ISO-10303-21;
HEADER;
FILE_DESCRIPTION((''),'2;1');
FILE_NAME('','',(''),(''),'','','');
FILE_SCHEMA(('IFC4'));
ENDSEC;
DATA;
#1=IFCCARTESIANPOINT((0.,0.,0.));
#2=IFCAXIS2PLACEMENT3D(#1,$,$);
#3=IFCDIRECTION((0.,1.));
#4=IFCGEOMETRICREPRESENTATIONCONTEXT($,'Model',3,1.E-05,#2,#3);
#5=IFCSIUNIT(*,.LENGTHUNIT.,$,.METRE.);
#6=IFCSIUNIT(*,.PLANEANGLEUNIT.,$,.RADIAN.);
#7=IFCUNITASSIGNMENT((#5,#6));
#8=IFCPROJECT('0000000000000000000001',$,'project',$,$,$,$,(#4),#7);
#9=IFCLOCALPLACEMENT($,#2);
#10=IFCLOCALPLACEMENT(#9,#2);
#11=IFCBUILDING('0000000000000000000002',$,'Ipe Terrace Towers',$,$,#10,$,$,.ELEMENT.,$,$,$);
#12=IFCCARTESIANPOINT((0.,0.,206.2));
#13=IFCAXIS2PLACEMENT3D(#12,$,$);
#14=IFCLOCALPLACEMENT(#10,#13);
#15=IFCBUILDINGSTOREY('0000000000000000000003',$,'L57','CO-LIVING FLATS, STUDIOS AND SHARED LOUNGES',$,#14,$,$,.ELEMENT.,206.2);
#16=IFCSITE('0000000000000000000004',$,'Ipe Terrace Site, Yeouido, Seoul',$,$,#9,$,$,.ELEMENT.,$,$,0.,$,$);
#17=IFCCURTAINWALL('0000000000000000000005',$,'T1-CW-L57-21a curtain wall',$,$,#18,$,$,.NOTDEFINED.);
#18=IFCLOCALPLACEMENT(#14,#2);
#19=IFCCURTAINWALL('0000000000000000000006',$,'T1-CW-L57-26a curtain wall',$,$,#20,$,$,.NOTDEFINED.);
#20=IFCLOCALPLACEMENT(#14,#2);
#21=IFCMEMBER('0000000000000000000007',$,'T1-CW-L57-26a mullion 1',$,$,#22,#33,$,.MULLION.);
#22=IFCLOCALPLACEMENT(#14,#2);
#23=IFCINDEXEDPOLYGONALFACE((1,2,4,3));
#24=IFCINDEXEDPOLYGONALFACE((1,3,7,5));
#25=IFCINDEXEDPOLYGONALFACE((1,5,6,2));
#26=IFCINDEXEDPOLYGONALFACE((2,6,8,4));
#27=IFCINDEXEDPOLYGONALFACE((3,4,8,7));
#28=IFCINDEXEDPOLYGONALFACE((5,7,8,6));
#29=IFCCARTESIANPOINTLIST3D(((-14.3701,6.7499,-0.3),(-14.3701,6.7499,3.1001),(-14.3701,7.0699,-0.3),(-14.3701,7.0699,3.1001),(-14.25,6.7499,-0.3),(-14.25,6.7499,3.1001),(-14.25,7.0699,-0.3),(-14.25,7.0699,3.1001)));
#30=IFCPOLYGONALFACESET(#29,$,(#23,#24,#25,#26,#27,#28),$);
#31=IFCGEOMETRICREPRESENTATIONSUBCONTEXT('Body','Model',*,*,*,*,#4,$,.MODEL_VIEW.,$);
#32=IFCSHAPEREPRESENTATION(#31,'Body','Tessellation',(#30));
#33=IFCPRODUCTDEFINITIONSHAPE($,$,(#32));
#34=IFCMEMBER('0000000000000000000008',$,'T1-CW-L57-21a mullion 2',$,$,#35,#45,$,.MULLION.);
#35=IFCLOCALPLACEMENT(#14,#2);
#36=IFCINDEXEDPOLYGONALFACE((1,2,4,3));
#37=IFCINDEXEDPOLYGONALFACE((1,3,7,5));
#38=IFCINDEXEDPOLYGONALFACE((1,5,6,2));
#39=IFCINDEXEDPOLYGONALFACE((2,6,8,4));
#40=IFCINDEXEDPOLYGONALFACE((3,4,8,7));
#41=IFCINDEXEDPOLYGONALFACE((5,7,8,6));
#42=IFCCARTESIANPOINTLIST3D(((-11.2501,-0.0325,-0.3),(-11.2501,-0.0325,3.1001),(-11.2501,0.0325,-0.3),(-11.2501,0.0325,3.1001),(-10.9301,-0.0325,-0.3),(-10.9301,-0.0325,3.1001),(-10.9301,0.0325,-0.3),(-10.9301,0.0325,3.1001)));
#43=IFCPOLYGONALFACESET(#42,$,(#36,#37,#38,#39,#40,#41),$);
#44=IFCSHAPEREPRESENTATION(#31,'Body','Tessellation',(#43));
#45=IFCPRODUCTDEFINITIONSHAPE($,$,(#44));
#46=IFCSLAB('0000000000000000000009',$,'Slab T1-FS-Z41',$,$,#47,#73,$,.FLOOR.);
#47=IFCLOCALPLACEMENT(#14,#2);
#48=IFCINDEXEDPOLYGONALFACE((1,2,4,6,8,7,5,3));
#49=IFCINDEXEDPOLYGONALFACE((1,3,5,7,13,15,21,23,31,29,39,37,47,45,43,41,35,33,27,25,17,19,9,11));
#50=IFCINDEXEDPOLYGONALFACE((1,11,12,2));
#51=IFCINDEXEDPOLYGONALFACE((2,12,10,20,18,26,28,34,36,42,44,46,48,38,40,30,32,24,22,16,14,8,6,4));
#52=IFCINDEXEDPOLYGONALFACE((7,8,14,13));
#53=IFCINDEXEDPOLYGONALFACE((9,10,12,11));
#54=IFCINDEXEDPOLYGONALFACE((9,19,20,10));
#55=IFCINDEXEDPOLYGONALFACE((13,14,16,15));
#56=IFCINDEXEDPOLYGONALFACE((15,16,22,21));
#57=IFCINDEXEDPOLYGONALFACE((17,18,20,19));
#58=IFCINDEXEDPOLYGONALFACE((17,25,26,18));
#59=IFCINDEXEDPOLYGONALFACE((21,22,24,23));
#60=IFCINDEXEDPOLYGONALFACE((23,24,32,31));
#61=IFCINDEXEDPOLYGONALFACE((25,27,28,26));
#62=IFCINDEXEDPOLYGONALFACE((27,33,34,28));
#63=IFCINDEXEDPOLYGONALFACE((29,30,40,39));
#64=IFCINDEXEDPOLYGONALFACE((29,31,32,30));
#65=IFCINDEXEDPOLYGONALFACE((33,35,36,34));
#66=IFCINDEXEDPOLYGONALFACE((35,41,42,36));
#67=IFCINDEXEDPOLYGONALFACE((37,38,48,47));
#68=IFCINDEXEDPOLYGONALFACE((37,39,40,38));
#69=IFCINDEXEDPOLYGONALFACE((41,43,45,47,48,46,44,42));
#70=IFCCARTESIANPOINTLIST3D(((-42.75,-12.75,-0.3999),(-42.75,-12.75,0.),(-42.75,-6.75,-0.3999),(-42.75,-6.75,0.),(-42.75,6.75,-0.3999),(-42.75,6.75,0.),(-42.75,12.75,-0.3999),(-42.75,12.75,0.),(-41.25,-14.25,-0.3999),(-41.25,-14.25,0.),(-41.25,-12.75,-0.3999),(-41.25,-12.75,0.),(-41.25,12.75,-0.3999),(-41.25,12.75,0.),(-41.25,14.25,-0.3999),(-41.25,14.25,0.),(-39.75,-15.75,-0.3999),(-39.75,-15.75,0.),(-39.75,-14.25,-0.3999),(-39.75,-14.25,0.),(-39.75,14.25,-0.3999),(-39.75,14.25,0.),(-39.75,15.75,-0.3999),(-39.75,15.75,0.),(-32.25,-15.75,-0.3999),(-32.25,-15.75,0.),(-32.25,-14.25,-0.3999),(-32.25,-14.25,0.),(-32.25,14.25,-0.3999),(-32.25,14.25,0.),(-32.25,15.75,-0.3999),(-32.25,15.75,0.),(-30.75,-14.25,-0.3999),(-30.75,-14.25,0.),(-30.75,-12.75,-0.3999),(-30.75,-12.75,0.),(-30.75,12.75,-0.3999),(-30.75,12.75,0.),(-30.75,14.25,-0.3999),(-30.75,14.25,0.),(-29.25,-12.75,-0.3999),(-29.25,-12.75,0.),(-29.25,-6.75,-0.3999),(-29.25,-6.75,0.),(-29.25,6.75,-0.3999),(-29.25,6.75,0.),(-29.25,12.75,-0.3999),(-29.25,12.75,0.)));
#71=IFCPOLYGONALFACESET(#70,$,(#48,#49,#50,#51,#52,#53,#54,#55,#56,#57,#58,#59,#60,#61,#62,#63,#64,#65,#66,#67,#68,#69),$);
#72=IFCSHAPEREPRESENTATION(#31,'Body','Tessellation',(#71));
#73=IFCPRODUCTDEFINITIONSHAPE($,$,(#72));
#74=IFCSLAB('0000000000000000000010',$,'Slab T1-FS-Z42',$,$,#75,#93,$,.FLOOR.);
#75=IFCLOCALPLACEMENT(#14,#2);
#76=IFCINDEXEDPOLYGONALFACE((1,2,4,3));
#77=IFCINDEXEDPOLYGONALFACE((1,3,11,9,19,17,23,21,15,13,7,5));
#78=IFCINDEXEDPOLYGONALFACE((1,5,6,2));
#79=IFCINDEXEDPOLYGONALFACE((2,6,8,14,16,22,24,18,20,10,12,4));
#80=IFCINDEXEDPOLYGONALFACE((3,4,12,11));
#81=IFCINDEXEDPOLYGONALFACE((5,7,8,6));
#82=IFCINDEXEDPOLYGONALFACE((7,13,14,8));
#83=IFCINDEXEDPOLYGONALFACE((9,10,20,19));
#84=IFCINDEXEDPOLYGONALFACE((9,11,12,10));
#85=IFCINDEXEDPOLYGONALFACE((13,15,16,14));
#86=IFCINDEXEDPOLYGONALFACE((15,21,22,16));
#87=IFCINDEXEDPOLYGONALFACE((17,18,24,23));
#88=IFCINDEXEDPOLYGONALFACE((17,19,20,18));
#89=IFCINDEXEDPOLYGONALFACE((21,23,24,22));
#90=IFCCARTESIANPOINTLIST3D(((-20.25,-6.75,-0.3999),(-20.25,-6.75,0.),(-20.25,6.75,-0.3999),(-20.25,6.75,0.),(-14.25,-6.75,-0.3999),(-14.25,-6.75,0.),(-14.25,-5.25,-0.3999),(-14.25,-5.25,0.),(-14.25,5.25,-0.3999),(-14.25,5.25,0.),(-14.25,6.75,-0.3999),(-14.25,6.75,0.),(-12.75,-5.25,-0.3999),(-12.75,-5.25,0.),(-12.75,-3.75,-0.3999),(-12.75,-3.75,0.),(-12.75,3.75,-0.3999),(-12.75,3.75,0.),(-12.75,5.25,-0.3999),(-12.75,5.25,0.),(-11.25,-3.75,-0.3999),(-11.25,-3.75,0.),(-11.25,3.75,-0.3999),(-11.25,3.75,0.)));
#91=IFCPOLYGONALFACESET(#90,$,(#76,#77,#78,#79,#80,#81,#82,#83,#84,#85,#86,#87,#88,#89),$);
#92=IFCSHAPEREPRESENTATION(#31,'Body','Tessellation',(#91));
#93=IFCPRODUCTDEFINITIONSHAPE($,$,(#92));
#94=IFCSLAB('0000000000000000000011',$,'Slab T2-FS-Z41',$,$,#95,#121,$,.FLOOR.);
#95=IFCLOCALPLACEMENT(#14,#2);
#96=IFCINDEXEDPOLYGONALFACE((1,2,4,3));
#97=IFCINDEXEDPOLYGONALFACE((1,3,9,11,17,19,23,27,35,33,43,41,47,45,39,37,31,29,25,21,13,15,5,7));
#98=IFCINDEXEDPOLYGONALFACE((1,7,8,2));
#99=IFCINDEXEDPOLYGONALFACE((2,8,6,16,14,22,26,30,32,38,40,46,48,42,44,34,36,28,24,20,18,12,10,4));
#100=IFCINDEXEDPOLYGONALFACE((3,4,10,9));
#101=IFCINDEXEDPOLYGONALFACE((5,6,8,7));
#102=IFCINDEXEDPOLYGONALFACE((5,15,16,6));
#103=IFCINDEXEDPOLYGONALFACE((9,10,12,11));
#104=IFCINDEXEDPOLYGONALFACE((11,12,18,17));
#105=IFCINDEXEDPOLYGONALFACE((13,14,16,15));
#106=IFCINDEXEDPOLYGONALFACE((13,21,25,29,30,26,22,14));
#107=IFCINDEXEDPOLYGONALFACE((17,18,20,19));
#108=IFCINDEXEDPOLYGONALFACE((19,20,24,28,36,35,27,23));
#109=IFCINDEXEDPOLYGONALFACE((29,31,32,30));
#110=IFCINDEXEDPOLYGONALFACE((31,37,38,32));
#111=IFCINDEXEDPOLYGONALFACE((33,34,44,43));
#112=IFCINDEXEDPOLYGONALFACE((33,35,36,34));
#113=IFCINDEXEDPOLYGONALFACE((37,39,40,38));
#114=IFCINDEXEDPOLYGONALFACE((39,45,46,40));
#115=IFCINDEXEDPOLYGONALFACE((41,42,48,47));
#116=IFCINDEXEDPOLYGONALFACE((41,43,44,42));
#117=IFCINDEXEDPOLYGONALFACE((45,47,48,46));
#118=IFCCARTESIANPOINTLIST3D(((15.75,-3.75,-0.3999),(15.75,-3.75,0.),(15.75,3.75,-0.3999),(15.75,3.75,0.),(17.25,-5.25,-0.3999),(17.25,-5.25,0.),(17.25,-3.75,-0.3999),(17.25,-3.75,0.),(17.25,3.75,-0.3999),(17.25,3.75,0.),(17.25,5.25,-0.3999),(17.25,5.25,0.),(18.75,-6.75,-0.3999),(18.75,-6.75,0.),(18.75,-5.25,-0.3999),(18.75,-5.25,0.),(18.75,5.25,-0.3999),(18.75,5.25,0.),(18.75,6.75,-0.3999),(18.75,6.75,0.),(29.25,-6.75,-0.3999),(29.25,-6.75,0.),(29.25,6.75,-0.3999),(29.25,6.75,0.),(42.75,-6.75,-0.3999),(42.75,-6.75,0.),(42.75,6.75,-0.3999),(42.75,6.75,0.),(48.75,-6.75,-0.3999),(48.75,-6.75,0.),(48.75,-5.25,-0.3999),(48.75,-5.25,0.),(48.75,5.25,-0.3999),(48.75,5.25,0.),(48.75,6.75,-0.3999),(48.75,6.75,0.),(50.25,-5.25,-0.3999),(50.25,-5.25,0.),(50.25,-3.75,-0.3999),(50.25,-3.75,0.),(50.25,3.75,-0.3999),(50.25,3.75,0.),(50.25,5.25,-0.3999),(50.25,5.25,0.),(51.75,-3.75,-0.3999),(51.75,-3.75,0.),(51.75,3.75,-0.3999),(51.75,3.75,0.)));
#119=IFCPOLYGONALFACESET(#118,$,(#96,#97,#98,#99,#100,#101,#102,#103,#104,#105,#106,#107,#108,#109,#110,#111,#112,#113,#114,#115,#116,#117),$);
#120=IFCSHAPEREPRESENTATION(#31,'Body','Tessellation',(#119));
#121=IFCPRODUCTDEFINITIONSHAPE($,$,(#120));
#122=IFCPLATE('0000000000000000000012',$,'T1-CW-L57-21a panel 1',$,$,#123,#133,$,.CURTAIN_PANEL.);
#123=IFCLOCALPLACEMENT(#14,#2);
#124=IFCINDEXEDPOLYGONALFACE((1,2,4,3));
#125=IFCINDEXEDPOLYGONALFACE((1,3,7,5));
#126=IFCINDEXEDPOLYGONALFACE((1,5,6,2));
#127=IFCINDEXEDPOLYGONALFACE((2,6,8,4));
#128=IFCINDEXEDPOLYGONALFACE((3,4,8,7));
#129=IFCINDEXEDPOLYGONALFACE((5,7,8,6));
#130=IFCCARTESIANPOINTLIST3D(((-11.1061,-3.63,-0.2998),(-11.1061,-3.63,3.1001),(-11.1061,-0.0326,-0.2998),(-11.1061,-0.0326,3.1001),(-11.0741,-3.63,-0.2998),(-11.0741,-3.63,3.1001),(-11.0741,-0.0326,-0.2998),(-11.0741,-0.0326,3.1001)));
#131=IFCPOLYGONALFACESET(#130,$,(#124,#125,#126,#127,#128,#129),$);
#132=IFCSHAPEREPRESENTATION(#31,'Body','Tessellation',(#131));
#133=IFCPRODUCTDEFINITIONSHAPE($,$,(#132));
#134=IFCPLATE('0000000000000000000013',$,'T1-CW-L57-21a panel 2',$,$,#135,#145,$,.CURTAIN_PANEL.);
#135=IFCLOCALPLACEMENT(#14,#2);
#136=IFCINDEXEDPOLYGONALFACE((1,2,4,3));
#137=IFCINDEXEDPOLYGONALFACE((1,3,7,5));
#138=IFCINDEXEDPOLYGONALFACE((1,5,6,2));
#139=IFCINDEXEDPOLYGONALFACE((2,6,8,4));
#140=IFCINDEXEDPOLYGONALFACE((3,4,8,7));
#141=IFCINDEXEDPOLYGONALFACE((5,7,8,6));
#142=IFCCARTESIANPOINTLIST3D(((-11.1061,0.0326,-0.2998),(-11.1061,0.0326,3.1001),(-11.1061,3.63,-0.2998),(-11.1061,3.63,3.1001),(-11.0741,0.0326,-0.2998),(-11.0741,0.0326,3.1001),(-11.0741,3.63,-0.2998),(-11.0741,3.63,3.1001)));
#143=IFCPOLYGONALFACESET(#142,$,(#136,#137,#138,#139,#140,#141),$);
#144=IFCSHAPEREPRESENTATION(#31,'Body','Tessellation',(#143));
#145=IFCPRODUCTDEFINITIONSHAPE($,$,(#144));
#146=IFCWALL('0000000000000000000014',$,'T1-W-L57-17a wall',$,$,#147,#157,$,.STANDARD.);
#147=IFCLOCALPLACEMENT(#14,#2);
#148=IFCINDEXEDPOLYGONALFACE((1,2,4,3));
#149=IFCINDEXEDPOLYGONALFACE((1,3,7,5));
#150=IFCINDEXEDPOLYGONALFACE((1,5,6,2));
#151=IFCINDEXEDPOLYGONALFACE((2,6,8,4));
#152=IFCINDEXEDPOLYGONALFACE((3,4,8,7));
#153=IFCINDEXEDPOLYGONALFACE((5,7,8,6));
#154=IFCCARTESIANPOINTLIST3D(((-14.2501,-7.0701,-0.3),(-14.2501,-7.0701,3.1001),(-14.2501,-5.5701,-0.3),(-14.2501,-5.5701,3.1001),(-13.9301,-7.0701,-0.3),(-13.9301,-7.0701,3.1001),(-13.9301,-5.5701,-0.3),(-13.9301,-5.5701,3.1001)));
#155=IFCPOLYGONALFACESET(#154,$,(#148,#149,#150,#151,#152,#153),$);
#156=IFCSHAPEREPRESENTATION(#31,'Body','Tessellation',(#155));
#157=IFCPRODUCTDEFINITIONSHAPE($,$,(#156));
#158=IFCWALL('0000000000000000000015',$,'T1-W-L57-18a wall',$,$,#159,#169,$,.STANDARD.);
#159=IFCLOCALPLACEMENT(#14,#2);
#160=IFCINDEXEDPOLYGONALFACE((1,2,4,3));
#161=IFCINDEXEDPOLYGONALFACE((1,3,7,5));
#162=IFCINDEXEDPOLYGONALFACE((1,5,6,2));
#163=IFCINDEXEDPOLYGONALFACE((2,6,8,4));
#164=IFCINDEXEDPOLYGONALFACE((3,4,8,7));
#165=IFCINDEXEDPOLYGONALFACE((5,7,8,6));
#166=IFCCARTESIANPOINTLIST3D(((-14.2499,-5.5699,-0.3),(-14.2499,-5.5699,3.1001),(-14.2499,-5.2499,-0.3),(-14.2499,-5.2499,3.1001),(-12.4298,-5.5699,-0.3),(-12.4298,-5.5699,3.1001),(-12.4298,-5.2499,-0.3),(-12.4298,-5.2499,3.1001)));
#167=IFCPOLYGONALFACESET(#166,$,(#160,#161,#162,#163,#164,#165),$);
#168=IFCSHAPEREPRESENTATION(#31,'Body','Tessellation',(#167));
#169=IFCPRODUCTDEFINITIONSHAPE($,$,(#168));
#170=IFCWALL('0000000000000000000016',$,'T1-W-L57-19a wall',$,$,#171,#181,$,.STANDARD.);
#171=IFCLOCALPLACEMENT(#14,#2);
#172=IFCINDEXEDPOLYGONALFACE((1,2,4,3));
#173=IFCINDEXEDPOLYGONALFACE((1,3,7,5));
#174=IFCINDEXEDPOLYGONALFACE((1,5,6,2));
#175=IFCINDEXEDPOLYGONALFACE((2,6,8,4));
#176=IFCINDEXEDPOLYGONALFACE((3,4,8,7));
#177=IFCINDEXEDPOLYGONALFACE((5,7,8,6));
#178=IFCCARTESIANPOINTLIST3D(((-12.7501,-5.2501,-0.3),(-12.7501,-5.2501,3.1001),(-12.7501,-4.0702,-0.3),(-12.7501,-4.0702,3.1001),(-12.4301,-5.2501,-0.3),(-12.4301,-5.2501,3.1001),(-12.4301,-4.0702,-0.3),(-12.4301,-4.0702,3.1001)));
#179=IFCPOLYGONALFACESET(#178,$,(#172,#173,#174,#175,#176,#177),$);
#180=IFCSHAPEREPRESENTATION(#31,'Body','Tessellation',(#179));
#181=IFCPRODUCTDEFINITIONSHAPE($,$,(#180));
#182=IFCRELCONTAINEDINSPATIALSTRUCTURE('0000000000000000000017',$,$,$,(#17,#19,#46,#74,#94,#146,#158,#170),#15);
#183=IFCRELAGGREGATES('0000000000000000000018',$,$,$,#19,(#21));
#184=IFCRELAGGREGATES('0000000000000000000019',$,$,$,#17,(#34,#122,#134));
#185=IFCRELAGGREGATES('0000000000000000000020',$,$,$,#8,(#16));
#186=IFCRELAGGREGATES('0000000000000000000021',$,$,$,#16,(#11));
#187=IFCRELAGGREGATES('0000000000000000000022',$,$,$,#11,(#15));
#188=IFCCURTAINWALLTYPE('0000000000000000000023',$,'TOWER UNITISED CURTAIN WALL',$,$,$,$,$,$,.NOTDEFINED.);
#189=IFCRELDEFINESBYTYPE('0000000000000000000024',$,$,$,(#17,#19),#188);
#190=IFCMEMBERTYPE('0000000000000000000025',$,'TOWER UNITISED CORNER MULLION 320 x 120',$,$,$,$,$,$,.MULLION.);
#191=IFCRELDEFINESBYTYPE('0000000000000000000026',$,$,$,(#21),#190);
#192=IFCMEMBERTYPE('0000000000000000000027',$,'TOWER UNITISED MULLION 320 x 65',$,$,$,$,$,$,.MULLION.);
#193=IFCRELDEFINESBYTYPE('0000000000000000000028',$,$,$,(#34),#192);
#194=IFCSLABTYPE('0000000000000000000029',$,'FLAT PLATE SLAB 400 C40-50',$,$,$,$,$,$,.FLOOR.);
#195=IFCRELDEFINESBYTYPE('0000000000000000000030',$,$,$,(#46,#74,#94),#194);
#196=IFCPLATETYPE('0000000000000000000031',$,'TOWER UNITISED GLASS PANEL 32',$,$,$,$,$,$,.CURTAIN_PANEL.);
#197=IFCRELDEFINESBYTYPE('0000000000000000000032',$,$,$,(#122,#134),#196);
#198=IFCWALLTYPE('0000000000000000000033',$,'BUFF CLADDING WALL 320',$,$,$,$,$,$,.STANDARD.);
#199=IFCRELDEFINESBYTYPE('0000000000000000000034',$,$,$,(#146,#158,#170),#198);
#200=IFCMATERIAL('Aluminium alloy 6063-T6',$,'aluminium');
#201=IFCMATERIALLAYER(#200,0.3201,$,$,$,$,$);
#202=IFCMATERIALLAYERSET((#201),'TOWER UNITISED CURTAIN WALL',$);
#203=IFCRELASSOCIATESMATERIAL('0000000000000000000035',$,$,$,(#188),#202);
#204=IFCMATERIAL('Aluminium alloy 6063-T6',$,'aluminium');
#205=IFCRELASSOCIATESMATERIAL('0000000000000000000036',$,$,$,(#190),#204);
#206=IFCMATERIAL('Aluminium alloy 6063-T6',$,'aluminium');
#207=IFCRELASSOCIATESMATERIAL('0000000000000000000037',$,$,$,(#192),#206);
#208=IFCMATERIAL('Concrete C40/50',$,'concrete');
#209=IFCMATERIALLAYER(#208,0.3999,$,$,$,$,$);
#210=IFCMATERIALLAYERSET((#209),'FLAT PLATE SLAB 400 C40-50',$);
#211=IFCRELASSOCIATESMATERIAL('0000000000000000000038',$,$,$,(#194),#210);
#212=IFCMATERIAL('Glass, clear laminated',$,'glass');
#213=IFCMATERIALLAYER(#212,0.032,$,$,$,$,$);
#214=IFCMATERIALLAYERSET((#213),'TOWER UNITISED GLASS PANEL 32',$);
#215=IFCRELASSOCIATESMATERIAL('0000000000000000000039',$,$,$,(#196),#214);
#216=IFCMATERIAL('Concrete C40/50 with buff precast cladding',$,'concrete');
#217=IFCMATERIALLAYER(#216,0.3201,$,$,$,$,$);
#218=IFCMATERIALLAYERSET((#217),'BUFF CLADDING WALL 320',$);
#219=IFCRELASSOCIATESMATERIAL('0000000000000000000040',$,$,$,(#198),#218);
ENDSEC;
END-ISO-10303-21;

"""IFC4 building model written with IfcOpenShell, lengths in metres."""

from ifc_helpers import new_model, si_unit, direction, frame, frame_2d, origin, origin_2d, place, context, subcontext, project, spatial, polyline, rectangle, outline, extrude, material, layer, layer_set, material_profile, profile_set, type_object, element, aggregate, save


model = new_model("IFC4")

# Units and contexts
model_context = context("Model", 3, precision=1e-05, world=origin(), true_north=direction((0.0, 1.0)))
body_context = subcontext(model_context, "Body", "Model", "MODEL_VIEW")
ifc_project = project(units=[si_unit("LENGTHUNIT", "METRE"), si_unit("PLANEANGLEUNIT", "RADIAN")], contexts=[model_context])

# Site, building, storey
site_placement = place(None, origin())
site = spatial("IfcSite", under=ifc_project, at=site_placement, Name="Ipe Terrace Site, Yeouido, Seoul", CompositionType="ELEMENT", RefElevation=0.0)
building_placement = place(site_placement, origin())
building = spatial("IfcBuilding", under=site, at=building_placement, Name="Ipe Terrace Towers", CompositionType="ELEMENT")
storey_placement = place(building_placement, frame((0.0, 0.0, 206.2)))
storey = spatial("IfcBuildingStorey", under=building, at=storey_placement, Name="L57", Description="CO-LIVING FLATS, STUDIOS AND SHARED LOUNGES", CompositionType="ELEMENT", Elevation=206.2)

# Curtain wall
ifc_material_1 = material(Name="Aluminium alloy 6063-T6", Category="aluminium")
ifc_layer_1 = layer(ifc_material_1, 0.3201)
ifc_layer_set_1 = layer_set([ifc_layer_1], Name="TOWER UNITISED CURTAIN WALL")
curtain_wall_type = type_object("IfcCurtainWallType", Name="TOWER UNITISED CURTAIN WALL", PredefinedType="NOTDEFINED", material=ifc_layer_set_1)
curtain_wall_1_placement = place(storey_placement, origin())
curtain_wall_1 = element("IfcCurtainWall", 1, at=curtain_wall_1_placement, inside=storey, type_object=curtain_wall_type, Name="T1-CW-L57-21a curtain wall", PredefinedType="NOTDEFINED")
ifc_material_2 = material(Name="Aluminium alloy 6063-T6", Category="aluminium")
ifc_material_profile_1 = material_profile(ifc_material_2, rectangle(XDim=0.3201, YDim=0.1201, at=origin_2d()), Name="TOWER UNITISED CORNER MULLION 320 x 120")
ifc_profile_set_1 = profile_set([ifc_material_profile_1], Name="Aluminium alloy 6063-T6")
member_type_1 = type_object("IfcMemberType", Name="TOWER UNITISED CORNER MULLION 320 x 120", PredefinedType="MULLION", material=ifc_profile_set_1)

# Curtain wall, member
curtain_wall_2_placement = place(storey_placement, origin())
curtain_wall_2 = element("IfcCurtainWall", 2, at=curtain_wall_2_placement, inside=storey, type_object=curtain_wall_type, Name="T1-CW-L57-26a curtain wall", PredefinedType="NOTDEFINED")
member_1_placement = place(storey_placement, frame((-14.3101, 6.9099, -0.3), z_axis=(0.0, 0.0, 1.0), x_axis=(0.0, 1.0, 0.0)))
member_1 = element("IfcMember", 3, at=member_1_placement, type_object=member_type_1, Name="T1-CW-L57-26a mullion 1", PredefinedType="MULLION", context=body_context, shape_type="SweptSolid", body=[
    extrude(rectangle(XDim=0.3201, YDim=0.1201, at=origin_2d()), origin(), (0.0, 0.0, 1.0), 3.4001),
])
aggregate(curtain_wall_2, [member_1])

# Member
ifc_material_3 = material(Name="Aluminium alloy 6063-T6", Category="aluminium")
ifc_material_profile_2 = material_profile(ifc_material_3, rectangle(XDim=0.3201, YDim=0.0649, at=origin_2d()), Name="TOWER UNITISED MULLION 320 x 65")
ifc_profile_set_2 = profile_set([ifc_material_profile_2], Name="Aluminium alloy 6063-T6")
member_type_2 = type_object("IfcMemberType", Name="TOWER UNITISED MULLION 320 x 65", PredefinedType="MULLION", material=ifc_profile_set_2)
member_2_placement = place(storey_placement, frame((-11.0901, 0.0, -0.3), z_axis=(0.0, 0.0, 1.0), x_axis=(1.0, 0.0, 0.0)))
member_2 = element("IfcMember", 4, at=member_2_placement, type_object=member_type_2, Name="T1-CW-L57-21a mullion 2", PredefinedType="MULLION", context=body_context, shape_type="SweptSolid", body=[
    extrude(rectangle(XDim=0.3201, YDim=0.0649, at=origin_2d()), origin(), (0.0, 0.0, 1.0), 3.4001),
])

# Slabs
ifc_material_4 = material(Name="Concrete C40/50", Category="concrete")
ifc_layer_2 = layer(ifc_material_4, 0.3999)
ifc_layer_set_2 = layer_set([ifc_layer_2], Name="FLAT PLATE SLAB 400 C40-50")
slab_type = type_object("IfcSlabType", Name="FLAT PLATE SLAB 400 C40-50", PredefinedType="FLOOR", material=ifc_layer_set_2)
slab_1_placement = place(storey_placement, frame((0.0, 0.0, -0.3999)))
element("IfcSlab", 5, at=slab_1_placement, inside=storey, type_object=slab_type, Name="Slab T1-FS-Z41", PredefinedType="FLOOR", context=body_context, shape_type="SweptSolid", body=[
    extrude(outline(polyline([(-30.75, -12.75), (-30.75, -14.25), (-32.25, -14.25), (-32.25, -15.75), (-39.75, -15.75), (-39.75, -14.25), (-41.25, -14.25), (-41.25, -12.75), (-42.75, -12.75), (-42.75, -6.75), (-42.75, 6.75), (-42.75, 12.75), (-41.25, 12.75), (-41.25, 14.25), (-39.75, 14.25), (-39.75, 15.75), (-32.25, 15.75), (-32.25, 14.25), (-30.75, 14.25), (-30.75, 12.75), (-29.25, 12.75), (-29.25, 6.75), (-29.25, -6.75), (-29.25, -12.75), (-30.75, -12.75)])), origin(), (0.0, 0.0, 1.0), 0.3999),
])
slab_2_placement = place(storey_placement, frame((0.0, 0.0, -0.3999)))
element("IfcSlab", 6, at=slab_2_placement, inside=storey, type_object=slab_type, Name="Slab T1-FS-Z42", PredefinedType="FLOOR", context=body_context, shape_type="SweptSolid", body=[
    extrude(outline(polyline([(-14.25, 5.25), (-12.75, 5.25), (-12.75, 3.75), (-11.25, 3.75), (-11.25, -3.75), (-12.75, -3.75), (-12.75, -5.25), (-14.25, -5.25), (-14.25, -6.75), (-20.25, -6.75), (-20.25, 6.75), (-14.25, 6.75), (-14.25, 5.25)])), origin(), (0.0, 0.0, 1.0), 0.3999),
])
slab_3_placement = place(storey_placement, frame((0.0, 0.0, -0.3999)))
element("IfcSlab", 7, at=slab_3_placement, inside=storey, type_object=slab_type, Name="Slab T2-FS-Z41", PredefinedType="FLOOR", context=body_context, shape_type="SweptSolid", body=[
    extrude(outline(polyline([(48.75, 5.25), (50.25, 5.25), (50.25, 3.75), (51.75, 3.75), (51.75, -3.75), (50.25, -3.75), (50.25, -5.25), (48.75, -5.25), (48.75, -6.75), (42.75, -6.75), (29.25, -6.75), (18.75, -6.75), (18.75, -5.25), (17.25, -5.25), (17.25, -3.75), (15.75, -3.75), (15.75, 3.75), (17.25, 3.75), (17.25, 5.25), (18.75, 5.25), (18.75, 6.75), (29.25, 6.75), (42.75, 6.75), (48.75, 6.75), (48.75, 5.25)])), origin(), (0.0, 0.0, 1.0), 0.3999),
])

# Plates
ifc_material_5 = material(Name="Glass, clear laminated", Category="glass")
ifc_layer_3 = layer(ifc_material_5, 0.032)
ifc_layer_set_3 = layer_set([ifc_layer_3], Name="TOWER UNITISED GLASS PANEL 32")
plate_type = type_object("IfcPlateType", Name="TOWER UNITISED GLASS PANEL 32", PredefinedType="CURTAIN_PANEL", material=ifc_layer_set_3)
plate_1_placement = place(storey_placement, frame((-11.0901, -1.8313, -0.2998), z_axis=(0.0, 0.0, 1.0), x_axis=(0.0, 1.0, 0.0)))
plate_1 = element("IfcPlate", 8, at=plate_1_placement, type_object=plate_type, Name="T1-CW-L57-21a panel 1", PredefinedType="CURTAIN_PANEL", context=body_context, shape_type="SweptSolid", body=[
    extrude(rectangle(XDim=3.5974, YDim=0.032, at=origin_2d()), origin(), (0.0, 0.0, 1.0), 3.3999),
])
plate_2_placement = place(storey_placement, frame((-11.0901, 1.8313, -0.2998), z_axis=(0.0, 0.0, 1.0), x_axis=(0.0, 1.0, 0.0)))
plate_2 = element("IfcPlate", 9, at=plate_2_placement, type_object=plate_type, Name="T1-CW-L57-21a panel 2", PredefinedType="CURTAIN_PANEL", context=body_context, shape_type="SweptSolid", body=[
    extrude(rectangle(XDim=3.5974, YDim=0.032, at=origin_2d()), origin(), (0.0, 0.0, 1.0), 3.3999),
])
aggregate(curtain_wall_1, [member_2, plate_1, plate_2])

# Walls
ifc_material_6 = material(Name="Concrete C40/50 with buff precast cladding", Category="concrete")
ifc_layer_4 = layer(ifc_material_6, 0.3201)
ifc_layer_set_4 = layer_set([ifc_layer_4], Name="BUFF CLADDING WALL 320")
wall_type = type_object("IfcWallType", Name="BUFF CLADDING WALL 320", PredefinedType="STANDARD", material=ifc_layer_set_4)
wall_1_placement = place(storey_placement, frame((-14.0901, -7.0701, -0.3), z_axis=(0.0, 0.0, 1.0), x_axis=(0.0, 1.0, 0.0)))
element("IfcWall", 10, at=wall_1_placement, inside=storey, type_object=wall_type, Name="T1-W-L57-17a wall", PredefinedType="STANDARD", context=body_context, shape_type="SweptSolid", body=[
    extrude(rectangle(XDim=1.5, YDim=0.3201, at=frame_2d((0.75, 0.0))), origin(), (0.0, 0.0, 1.0), 3.4001),
])
wall_2_placement = place(storey_placement, frame((-14.25, -5.4099, -0.3), z_axis=(0.0, 0.0, 1.0), x_axis=(1.0, 0.0, 0.0)))
element("IfcWall", 11, at=wall_2_placement, inside=storey, type_object=wall_type, Name="T1-W-L57-18a wall", PredefinedType="STANDARD", context=body_context, shape_type="SweptSolid", body=[
    extrude(rectangle(XDim=1.8201, YDim=0.3201, at=frame_2d((0.9102, 0.0))), origin(), (0.0, 0.0, 1.0), 3.4001),
])
wall_3_placement = place(storey_placement, frame((-12.5901, -5.25, -0.3), z_axis=(0.0, 0.0, 1.0), x_axis=(0.0, 1.0, 0.0)))
element("IfcWall", 12, at=wall_3_placement, inside=storey, type_object=wall_type, Name="T1-W-L57-19a wall", PredefinedType="STANDARD", context=body_context, shape_type="SweptSolid", body=[
    extrude(rectangle(XDim=1.1799, YDim=0.3201, at=frame_2d((0.5898, 0.0))), origin(), (0.0, 0.0, 1.0), 3.4001),
])

save(model, "model.ifc")
